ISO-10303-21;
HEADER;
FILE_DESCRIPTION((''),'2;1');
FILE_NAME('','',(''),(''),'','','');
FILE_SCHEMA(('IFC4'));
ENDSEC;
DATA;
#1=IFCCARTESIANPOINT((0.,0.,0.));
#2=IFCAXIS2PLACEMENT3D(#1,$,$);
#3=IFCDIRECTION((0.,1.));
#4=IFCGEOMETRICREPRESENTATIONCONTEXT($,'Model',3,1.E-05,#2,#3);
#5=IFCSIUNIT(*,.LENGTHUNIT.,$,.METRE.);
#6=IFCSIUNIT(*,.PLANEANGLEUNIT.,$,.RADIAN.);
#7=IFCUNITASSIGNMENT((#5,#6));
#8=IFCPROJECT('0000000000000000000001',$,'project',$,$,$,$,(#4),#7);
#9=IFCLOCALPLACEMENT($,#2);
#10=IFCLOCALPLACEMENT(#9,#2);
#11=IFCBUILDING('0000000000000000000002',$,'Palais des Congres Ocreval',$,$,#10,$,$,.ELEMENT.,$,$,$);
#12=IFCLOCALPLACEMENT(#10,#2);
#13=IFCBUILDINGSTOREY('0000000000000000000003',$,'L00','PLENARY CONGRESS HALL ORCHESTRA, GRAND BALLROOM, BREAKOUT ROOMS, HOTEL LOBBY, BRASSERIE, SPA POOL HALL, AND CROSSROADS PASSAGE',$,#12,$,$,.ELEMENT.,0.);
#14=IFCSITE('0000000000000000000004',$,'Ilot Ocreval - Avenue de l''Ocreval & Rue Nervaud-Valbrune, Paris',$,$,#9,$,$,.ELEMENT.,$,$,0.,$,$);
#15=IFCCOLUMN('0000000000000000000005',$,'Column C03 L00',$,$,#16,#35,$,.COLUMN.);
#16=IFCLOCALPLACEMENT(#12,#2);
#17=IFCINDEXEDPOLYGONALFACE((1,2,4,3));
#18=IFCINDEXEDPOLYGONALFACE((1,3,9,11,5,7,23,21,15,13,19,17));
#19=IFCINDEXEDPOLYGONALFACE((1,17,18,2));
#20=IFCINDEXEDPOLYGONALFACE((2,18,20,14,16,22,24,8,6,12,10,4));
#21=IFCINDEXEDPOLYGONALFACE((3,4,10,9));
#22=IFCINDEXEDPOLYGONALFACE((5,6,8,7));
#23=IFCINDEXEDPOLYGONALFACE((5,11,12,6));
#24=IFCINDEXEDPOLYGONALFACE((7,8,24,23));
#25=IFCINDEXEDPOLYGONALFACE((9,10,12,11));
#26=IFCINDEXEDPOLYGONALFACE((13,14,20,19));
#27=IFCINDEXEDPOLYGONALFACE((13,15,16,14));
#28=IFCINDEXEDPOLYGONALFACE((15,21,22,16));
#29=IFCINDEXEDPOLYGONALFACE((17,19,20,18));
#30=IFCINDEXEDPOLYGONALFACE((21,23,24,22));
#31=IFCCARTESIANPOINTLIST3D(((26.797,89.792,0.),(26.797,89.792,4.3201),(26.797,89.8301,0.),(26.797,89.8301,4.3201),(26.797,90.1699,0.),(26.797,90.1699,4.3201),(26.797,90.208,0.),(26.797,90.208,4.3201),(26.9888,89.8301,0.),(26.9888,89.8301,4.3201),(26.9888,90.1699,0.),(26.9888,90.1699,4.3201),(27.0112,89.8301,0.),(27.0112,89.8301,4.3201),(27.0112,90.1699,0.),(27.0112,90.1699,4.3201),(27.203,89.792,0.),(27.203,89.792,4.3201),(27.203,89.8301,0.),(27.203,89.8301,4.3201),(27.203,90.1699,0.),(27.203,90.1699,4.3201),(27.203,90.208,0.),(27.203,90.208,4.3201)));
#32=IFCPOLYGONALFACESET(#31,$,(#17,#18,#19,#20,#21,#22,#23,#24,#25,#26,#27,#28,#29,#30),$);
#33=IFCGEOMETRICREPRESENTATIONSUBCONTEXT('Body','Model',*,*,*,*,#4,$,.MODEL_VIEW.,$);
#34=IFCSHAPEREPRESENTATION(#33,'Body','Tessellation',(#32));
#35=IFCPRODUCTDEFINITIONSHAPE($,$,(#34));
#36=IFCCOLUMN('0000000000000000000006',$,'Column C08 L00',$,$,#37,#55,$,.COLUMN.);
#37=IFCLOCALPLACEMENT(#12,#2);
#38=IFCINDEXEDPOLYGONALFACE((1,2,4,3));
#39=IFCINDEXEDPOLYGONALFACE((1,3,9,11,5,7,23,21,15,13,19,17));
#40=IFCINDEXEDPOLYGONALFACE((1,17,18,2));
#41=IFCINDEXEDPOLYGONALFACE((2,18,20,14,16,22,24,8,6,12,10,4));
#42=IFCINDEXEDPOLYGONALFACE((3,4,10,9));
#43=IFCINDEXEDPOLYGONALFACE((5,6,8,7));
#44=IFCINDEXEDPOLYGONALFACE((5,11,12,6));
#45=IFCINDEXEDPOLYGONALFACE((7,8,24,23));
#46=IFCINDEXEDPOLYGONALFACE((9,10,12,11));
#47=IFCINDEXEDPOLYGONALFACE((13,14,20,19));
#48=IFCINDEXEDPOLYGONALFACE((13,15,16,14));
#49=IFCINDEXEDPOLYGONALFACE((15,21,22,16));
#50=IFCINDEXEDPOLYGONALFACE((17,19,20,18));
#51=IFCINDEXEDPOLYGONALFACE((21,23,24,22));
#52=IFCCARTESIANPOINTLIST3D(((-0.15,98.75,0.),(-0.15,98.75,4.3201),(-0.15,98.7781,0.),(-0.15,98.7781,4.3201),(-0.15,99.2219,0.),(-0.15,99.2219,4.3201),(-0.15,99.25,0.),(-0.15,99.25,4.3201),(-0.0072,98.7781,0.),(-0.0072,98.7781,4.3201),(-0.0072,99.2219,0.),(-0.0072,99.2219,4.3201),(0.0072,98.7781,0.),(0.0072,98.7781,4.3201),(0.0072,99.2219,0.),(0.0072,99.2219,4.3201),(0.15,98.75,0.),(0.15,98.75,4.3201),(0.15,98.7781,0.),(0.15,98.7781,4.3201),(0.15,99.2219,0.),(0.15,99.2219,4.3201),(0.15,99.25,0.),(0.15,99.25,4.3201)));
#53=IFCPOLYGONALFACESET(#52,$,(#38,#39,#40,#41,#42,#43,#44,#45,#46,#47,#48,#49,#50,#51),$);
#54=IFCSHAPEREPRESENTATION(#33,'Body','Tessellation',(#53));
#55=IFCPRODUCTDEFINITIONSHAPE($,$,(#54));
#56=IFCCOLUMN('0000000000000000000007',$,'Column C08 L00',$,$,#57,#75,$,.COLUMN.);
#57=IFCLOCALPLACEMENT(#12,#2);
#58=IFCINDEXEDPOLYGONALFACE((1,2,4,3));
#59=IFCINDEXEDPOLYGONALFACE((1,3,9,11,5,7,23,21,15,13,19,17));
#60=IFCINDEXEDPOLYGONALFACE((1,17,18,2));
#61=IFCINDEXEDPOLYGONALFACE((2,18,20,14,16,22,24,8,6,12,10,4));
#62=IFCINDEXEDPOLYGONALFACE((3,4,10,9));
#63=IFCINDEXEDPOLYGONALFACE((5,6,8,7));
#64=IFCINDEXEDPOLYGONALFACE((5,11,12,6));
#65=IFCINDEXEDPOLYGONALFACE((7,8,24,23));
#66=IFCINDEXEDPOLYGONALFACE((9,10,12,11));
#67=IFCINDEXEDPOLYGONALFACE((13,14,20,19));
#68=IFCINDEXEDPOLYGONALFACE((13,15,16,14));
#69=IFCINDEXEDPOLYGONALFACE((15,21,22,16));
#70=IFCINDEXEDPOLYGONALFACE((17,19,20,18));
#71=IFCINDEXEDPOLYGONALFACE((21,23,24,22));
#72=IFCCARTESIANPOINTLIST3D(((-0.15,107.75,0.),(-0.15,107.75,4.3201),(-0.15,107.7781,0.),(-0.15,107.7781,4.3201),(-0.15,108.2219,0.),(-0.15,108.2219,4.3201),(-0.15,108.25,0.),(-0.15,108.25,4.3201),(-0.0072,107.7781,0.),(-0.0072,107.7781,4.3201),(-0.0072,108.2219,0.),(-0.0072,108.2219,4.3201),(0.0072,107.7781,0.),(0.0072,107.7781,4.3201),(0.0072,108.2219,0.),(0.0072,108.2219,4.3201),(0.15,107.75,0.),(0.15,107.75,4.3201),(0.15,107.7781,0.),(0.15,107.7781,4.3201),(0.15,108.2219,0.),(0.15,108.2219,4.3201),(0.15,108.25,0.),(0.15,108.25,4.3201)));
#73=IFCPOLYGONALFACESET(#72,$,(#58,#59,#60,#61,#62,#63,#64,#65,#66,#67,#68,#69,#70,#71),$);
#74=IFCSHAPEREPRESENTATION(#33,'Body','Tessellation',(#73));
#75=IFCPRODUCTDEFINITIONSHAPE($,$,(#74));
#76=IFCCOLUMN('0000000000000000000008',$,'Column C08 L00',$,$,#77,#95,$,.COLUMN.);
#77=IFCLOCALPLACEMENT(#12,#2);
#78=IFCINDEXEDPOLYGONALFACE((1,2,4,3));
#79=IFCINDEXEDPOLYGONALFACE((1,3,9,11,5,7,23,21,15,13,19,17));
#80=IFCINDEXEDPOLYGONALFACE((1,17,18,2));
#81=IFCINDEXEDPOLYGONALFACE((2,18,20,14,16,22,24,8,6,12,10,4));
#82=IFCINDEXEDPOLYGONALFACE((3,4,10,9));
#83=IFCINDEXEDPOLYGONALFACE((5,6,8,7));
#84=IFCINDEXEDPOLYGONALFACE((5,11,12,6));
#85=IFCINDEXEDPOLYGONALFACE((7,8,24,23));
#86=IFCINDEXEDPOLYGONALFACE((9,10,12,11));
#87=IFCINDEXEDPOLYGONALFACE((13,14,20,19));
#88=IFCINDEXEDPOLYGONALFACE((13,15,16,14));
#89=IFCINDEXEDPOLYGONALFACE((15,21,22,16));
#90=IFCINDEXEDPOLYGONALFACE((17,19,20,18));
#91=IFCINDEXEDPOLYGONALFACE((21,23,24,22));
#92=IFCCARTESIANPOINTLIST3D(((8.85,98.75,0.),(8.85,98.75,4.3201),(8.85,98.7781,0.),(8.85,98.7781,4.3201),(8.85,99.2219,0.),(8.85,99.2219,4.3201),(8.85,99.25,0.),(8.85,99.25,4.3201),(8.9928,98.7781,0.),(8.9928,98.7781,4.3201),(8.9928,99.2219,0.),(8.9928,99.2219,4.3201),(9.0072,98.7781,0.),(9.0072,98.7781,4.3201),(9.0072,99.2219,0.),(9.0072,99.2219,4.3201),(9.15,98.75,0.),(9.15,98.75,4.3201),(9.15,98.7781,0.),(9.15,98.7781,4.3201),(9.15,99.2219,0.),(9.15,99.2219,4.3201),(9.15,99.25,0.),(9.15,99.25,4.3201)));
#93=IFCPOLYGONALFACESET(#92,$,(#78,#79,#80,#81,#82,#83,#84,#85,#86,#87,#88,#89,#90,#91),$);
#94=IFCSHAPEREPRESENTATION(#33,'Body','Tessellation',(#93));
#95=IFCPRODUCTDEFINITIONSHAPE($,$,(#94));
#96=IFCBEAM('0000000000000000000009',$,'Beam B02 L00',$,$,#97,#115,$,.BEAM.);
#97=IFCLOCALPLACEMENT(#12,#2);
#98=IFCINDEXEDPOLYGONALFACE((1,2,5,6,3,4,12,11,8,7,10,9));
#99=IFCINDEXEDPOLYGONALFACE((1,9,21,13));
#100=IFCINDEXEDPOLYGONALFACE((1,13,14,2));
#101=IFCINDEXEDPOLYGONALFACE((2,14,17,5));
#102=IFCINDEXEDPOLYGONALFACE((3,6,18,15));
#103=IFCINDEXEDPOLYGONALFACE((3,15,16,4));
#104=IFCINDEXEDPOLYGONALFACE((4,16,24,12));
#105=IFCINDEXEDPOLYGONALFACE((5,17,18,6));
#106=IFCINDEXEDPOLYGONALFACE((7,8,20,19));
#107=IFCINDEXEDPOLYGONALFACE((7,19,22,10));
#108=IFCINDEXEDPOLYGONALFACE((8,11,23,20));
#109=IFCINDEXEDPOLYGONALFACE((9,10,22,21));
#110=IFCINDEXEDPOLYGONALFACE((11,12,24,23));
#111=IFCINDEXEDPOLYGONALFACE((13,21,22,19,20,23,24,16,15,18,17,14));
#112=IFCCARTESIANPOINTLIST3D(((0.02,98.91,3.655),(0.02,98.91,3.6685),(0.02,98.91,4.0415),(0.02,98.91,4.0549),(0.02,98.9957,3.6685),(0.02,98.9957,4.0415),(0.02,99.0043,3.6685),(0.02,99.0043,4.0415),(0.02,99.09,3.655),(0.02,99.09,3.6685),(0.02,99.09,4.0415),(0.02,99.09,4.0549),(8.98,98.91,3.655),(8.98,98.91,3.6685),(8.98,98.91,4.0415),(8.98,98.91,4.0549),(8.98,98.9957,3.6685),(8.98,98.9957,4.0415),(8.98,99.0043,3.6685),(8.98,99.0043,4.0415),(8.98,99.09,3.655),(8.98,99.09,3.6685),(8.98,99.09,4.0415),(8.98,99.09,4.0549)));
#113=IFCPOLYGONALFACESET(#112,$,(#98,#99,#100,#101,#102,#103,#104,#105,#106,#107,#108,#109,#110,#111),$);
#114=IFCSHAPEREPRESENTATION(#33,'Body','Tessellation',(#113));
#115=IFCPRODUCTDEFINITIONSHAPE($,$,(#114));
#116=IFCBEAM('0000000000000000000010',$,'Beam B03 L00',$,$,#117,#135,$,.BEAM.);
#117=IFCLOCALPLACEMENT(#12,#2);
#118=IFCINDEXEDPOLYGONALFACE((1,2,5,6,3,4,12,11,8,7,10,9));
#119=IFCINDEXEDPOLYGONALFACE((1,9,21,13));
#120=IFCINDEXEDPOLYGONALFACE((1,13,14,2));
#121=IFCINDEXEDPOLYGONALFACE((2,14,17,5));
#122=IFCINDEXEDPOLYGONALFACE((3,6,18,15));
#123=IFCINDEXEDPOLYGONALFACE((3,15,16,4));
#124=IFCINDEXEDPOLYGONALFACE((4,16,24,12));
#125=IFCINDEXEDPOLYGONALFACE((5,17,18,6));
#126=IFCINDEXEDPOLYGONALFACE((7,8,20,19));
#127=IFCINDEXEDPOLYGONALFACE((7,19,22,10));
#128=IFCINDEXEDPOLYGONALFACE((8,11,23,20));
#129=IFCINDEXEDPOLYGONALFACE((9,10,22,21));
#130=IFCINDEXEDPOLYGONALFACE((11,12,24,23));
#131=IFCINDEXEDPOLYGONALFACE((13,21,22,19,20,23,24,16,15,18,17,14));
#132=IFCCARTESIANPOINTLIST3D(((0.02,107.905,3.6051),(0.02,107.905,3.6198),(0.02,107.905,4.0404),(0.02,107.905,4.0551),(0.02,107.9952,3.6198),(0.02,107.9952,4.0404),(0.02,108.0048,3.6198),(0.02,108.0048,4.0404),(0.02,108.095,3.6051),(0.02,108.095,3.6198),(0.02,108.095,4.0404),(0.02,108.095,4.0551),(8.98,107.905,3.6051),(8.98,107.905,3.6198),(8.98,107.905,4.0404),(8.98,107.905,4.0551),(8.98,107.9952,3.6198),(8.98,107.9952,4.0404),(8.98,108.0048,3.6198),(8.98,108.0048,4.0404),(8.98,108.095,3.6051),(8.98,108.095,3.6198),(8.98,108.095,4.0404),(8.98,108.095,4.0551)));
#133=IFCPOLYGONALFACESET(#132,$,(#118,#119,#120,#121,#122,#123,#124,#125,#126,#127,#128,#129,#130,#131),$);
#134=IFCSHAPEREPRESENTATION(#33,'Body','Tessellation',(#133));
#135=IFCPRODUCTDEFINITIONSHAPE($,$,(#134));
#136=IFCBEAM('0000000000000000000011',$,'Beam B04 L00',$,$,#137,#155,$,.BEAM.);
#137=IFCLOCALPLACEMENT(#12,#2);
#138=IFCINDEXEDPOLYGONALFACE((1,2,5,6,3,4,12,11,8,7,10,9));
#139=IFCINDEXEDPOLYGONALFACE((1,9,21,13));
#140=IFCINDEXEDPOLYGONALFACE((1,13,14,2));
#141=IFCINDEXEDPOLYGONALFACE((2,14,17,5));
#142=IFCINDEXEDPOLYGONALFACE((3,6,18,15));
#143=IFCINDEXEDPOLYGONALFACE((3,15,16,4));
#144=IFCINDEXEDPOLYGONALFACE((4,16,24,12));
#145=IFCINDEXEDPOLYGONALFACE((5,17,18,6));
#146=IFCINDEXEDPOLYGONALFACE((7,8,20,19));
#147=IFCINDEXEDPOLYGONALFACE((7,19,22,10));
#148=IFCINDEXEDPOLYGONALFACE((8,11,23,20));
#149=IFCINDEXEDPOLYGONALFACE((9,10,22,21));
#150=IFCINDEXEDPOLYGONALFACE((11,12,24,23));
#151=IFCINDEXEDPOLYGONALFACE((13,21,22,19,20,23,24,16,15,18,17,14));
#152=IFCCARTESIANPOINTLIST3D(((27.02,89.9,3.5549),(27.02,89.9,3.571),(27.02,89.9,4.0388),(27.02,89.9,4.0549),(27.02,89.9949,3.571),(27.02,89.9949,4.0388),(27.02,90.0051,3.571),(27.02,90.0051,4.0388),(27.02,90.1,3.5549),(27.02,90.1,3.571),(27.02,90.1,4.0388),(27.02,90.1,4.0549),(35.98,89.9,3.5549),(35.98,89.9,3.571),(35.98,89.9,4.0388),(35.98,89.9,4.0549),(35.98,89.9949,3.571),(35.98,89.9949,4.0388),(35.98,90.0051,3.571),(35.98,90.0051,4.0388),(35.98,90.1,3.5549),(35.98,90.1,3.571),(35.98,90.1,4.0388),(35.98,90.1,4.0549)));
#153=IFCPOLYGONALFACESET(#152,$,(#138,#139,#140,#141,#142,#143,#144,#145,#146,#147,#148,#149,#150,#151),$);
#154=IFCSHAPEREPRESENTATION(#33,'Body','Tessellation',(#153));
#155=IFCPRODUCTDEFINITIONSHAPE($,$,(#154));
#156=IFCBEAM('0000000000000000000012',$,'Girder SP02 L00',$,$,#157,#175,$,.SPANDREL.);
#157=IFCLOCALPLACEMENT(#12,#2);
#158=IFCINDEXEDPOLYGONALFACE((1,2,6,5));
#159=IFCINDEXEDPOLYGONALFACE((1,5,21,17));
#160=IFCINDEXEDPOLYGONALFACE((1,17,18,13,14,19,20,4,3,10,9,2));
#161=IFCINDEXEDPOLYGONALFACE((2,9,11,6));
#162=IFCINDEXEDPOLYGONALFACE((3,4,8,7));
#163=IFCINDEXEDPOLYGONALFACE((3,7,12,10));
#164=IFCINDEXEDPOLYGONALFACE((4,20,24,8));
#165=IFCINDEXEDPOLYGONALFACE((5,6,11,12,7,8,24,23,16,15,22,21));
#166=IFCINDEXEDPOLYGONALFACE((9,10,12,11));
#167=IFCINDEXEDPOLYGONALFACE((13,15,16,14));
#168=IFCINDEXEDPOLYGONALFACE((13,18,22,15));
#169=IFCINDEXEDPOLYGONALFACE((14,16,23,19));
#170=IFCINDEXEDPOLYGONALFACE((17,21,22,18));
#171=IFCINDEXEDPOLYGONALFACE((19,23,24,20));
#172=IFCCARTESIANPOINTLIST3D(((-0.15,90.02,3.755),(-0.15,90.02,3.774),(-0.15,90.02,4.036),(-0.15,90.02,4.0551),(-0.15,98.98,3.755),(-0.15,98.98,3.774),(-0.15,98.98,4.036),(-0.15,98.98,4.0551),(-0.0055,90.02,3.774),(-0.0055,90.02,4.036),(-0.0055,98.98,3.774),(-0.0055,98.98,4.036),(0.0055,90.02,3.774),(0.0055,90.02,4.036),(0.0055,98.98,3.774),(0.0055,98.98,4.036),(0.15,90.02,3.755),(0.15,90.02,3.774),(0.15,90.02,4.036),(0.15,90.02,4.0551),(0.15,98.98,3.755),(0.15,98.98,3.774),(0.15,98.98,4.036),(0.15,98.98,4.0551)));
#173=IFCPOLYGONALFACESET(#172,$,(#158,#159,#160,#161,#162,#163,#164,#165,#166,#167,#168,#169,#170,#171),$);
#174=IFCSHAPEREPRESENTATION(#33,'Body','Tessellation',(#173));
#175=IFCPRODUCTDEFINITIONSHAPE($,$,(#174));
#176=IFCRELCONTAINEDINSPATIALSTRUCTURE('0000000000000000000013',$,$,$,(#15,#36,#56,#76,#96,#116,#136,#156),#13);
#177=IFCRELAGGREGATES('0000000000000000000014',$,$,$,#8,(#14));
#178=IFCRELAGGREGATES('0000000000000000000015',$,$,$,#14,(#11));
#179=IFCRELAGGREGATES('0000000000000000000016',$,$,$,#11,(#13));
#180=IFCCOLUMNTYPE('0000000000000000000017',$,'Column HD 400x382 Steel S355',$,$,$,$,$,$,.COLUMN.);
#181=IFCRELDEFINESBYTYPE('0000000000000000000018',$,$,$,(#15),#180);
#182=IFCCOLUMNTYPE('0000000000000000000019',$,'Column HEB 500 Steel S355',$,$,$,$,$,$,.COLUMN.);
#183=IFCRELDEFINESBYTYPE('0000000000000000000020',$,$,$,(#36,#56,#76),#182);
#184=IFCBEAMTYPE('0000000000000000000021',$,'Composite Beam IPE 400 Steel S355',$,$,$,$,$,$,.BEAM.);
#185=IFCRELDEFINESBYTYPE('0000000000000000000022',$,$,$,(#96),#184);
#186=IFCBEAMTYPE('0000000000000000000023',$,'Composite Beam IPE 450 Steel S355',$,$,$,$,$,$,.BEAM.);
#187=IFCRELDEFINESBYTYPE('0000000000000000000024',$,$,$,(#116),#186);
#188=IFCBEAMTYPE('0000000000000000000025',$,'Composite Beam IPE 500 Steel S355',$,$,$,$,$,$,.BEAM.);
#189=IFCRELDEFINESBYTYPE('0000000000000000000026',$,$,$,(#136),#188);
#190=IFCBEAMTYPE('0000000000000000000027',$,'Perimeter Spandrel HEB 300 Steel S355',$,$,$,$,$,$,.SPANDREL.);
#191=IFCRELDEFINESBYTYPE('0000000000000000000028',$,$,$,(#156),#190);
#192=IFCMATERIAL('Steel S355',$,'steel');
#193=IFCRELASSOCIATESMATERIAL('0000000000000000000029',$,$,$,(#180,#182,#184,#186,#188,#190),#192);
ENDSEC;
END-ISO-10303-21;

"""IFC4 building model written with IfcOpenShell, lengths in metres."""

from ifc_helpers import new_model, si_unit, direction, frame, origin, origin_2d, place, context, subcontext, project, spatial, i_section, extrude, material, material_profile, profile_set, type_object, element, save


model = new_model("IFC4")

# Units and contexts
model_context = context("Model", 3, precision=1e-05, world=origin(), true_north=direction((0.0, 1.0)))
body_context = subcontext(model_context, "Body", "Model", "MODEL_VIEW")
ifc_project = project(units=[si_unit("LENGTHUNIT", "METRE"), si_unit("PLANEANGLEUNIT", "RADIAN")], contexts=[model_context])

# Site, building, storey
site_placement = place(None, origin())
site = spatial("IfcSite", under=ifc_project, at=site_placement, Name="Ilot Ocreval - Avenue de l'Ocreval & Rue Nervaud-Valbrune, Paris", CompositionType="ELEMENT", RefElevation=0.0)
building_placement = place(site_placement, origin())
building = spatial("IfcBuilding", under=site, at=building_placement, Name="Palais des Congres Ocreval", CompositionType="ELEMENT")
storey_placement = place(building_placement, origin())
storey = spatial("IfcBuildingStorey", under=building, at=storey_placement, Name="L00", Description="PLENARY CONGRESS HALL ORCHESTRA, GRAND BALLROOM, BREAKOUT ROOMS, HOTEL LOBBY, BRASSERIE, SPA POOL HALL, AND CROSSROADS PASSAGE", CompositionType="ELEMENT", Elevation=0.0)

# Columns
ifc_material_1 = material(Name="Steel S355", Category="steel")
ifc_material_profile_1 = material_profile(ifc_material_1, i_section(OverallWidth=0.406, OverallDepth=0.416, WebThickness=0.0225, FlangeThickness=0.0381, at=origin_2d()), Name="HD 400x382")
ifc_profile_set_1 = profile_set([ifc_material_profile_1], Name="Steel S355")
column_type_1 = type_object("IfcColumnType", Name="Column HD 400x382 Steel S355", PredefinedType="COLUMN", material=ifc_profile_set_1)
column_placement = place(storey_placement, frame((27.0, 90.0, 0.0), z_axis=(0.0, 0.0, 1.0), x_axis=(1.0, 0.0, 0.0)))
element("IfcColumn", 1, at=column_placement, inside=storey, type_object=column_type_1, Name="Column C03 L00", PredefinedType="COLUMN", context=body_context, shape_type="SweptSolid", body=[
    extrude(i_section(OverallWidth=0.406, OverallDepth=0.416, WebThickness=0.0225, FlangeThickness=0.0381, at=origin_2d()), origin(), (0.0, 0.0, 1.0), 4.3201),
])
ifc_material_profile_2 = material_profile(ifc_material_1, i_section(OverallWidth=0.3, OverallDepth=0.5, WebThickness=0.0144, FlangeThickness=0.0281, at=origin_2d()), Name="HEB 500")
ifc_profile_set_2 = profile_set([ifc_material_profile_2], Name="Steel S355")
column_type_2 = type_object("IfcColumnType", Name="Column HEB 500 Steel S355", PredefinedType="COLUMN", material=ifc_profile_set_2)
for number, where, z_axis, x_axis, name in (
    (2, (0.0, 99.0, 0.0), (0.0, 0.0, 1.0), (1.0, 0.0, 0.0), "Column C08 L00"),
    (3, (0.0, 108.0, 0.0), (0.0, 0.0, 1.0), (1.0, 0.0, 0.0), "Column C08 L00"),
    (4, (9.0, 99.0, 0.0), (0.0, 0.0, 1.0), (1.0, 0.0, 0.0), "Column C08 L00"),
):
    element("IfcColumn", number, at=place(storey_placement, frame(where, z_axis=z_axis, x_axis=x_axis)), inside=storey, type_object=column_type_2, Name=name, PredefinedType="COLUMN", context=body_context, shape_type="SweptSolid", body=[
        extrude(i_section(OverallWidth=0.3, OverallDepth=0.5, WebThickness=0.0144, FlangeThickness=0.0281, at=origin_2d()), origin(), (0.0, 0.0, 1.0), 4.3201),
    ])

# Beams
ifc_material_profile_3 = material_profile(ifc_material_1, i_section(OverallWidth=0.1799, OverallDepth=0.3999, WebThickness=0.0085, FlangeThickness=0.0134, at=origin_2d()), Name="IPE 400")
ifc_profile_set_3 = profile_set([ifc_material_profile_3], Name="Steel S355")
beam_type_1 = type_object("IfcBeamType", Name="Composite Beam IPE 400 Steel S355", PredefinedType="BEAM", material=ifc_profile_set_3)
beam_1_placement = place(storey_placement, frame((0.02, 99.0, 3.855), z_axis=(1.0, 0.0, 0.0), x_axis=(0.0, 1.0, 0.0)))
element("IfcBeam", 5, at=beam_1_placement, inside=storey, type_object=beam_type_1, Name="Beam B02 L00", PredefinedType="BEAM", context=body_context, shape_type="SweptSolid", body=[
    extrude(i_section(OverallWidth=0.1799, OverallDepth=0.3999, WebThickness=0.0085, FlangeThickness=0.0134, at=origin_2d()), origin(), (0.0, 0.0, 1.0), 8.96),
])
ifc_material_profile_4 = material_profile(ifc_material_1, i_section(OverallWidth=0.1899, OverallDepth=0.45, WebThickness=0.0095, FlangeThickness=0.0146, at=origin_2d()), Name="IPE 450")
ifc_profile_set_4 = profile_set([ifc_material_profile_4], Name="Steel S355")
beam_type_2 = type_object("IfcBeamType", Name="Composite Beam IPE 450 Steel S355", PredefinedType="BEAM", material=ifc_profile_set_4)
beam_2_placement = place(storey_placement, frame((0.02, 108.0, 3.8301), z_axis=(1.0, 0.0, 0.0), x_axis=(0.0, 1.0, 0.0)))
element("IfcBeam", 6, at=beam_2_placement, inside=storey, type_object=beam_type_2, Name="Beam B03 L00", PredefinedType="BEAM", context=body_context, shape_type="SweptSolid", body=[
    extrude(i_section(OverallWidth=0.1899, OverallDepth=0.45, WebThickness=0.0095, FlangeThickness=0.0146, at=origin_2d()), origin(), (0.0, 0.0, 1.0), 8.96),
])
ifc_material_profile_5 = material_profile(ifc_material_1, i_section(OverallWidth=0.2, OverallDepth=0.5, WebThickness=0.0103, FlangeThickness=0.0161, at=origin_2d()), Name="IPE 500")
ifc_profile_set_5 = profile_set([ifc_material_profile_5], Name="Steel S355")
beam_type_3 = type_object("IfcBeamType", Name="Composite Beam IPE 500 Steel S355", PredefinedType="BEAM", material=ifc_profile_set_5)
beam_3_placement = place(storey_placement, frame((27.02, 90.0, 3.8049), z_axis=(1.0, 0.0, 0.0), x_axis=(0.0, 1.0, 0.0)))
element("IfcBeam", 7, at=beam_3_placement, inside=storey, type_object=beam_type_3, Name="Beam B04 L00", PredefinedType="BEAM", context=body_context, shape_type="SweptSolid", body=[
    extrude(i_section(OverallWidth=0.2, OverallDepth=0.5, WebThickness=0.0103, FlangeThickness=0.0161, at=origin_2d()), origin(), (0.0, 0.0, 1.0), 8.96),
])
ifc_material_profile_6 = material_profile(ifc_material_1, i_section(OverallWidth=0.3, OverallDepth=0.3, WebThickness=0.011, FlangeThickness=0.019, at=origin_2d()), Name="HEB 300")
ifc_profile_set_6 = profile_set([ifc_material_profile_6], Name="Steel S355")
beam_type_4 = type_object("IfcBeamType", Name="Perimeter Spandrel HEB 300 Steel S355", PredefinedType="SPANDREL", material=ifc_profile_set_6)
beam_4_placement = place(storey_placement, frame((0.0, 90.02, 3.905), z_axis=(0.0, 1.0, 0.0), x_axis=(-1.0, 0.0, 0.0)))
element("IfcBeam", 8, at=beam_4_placement, inside=storey, type_object=beam_type_4, Name="Girder SP02 L00", PredefinedType="SPANDREL", context=body_context, shape_type="SweptSolid", body=[
    extrude(i_section(OverallWidth=0.3, OverallDepth=0.3, WebThickness=0.011, FlangeThickness=0.019, at=origin_2d()), origin(), (0.0, 0.0, 1.0), 8.96),
])

save(model, "model.ifc")
